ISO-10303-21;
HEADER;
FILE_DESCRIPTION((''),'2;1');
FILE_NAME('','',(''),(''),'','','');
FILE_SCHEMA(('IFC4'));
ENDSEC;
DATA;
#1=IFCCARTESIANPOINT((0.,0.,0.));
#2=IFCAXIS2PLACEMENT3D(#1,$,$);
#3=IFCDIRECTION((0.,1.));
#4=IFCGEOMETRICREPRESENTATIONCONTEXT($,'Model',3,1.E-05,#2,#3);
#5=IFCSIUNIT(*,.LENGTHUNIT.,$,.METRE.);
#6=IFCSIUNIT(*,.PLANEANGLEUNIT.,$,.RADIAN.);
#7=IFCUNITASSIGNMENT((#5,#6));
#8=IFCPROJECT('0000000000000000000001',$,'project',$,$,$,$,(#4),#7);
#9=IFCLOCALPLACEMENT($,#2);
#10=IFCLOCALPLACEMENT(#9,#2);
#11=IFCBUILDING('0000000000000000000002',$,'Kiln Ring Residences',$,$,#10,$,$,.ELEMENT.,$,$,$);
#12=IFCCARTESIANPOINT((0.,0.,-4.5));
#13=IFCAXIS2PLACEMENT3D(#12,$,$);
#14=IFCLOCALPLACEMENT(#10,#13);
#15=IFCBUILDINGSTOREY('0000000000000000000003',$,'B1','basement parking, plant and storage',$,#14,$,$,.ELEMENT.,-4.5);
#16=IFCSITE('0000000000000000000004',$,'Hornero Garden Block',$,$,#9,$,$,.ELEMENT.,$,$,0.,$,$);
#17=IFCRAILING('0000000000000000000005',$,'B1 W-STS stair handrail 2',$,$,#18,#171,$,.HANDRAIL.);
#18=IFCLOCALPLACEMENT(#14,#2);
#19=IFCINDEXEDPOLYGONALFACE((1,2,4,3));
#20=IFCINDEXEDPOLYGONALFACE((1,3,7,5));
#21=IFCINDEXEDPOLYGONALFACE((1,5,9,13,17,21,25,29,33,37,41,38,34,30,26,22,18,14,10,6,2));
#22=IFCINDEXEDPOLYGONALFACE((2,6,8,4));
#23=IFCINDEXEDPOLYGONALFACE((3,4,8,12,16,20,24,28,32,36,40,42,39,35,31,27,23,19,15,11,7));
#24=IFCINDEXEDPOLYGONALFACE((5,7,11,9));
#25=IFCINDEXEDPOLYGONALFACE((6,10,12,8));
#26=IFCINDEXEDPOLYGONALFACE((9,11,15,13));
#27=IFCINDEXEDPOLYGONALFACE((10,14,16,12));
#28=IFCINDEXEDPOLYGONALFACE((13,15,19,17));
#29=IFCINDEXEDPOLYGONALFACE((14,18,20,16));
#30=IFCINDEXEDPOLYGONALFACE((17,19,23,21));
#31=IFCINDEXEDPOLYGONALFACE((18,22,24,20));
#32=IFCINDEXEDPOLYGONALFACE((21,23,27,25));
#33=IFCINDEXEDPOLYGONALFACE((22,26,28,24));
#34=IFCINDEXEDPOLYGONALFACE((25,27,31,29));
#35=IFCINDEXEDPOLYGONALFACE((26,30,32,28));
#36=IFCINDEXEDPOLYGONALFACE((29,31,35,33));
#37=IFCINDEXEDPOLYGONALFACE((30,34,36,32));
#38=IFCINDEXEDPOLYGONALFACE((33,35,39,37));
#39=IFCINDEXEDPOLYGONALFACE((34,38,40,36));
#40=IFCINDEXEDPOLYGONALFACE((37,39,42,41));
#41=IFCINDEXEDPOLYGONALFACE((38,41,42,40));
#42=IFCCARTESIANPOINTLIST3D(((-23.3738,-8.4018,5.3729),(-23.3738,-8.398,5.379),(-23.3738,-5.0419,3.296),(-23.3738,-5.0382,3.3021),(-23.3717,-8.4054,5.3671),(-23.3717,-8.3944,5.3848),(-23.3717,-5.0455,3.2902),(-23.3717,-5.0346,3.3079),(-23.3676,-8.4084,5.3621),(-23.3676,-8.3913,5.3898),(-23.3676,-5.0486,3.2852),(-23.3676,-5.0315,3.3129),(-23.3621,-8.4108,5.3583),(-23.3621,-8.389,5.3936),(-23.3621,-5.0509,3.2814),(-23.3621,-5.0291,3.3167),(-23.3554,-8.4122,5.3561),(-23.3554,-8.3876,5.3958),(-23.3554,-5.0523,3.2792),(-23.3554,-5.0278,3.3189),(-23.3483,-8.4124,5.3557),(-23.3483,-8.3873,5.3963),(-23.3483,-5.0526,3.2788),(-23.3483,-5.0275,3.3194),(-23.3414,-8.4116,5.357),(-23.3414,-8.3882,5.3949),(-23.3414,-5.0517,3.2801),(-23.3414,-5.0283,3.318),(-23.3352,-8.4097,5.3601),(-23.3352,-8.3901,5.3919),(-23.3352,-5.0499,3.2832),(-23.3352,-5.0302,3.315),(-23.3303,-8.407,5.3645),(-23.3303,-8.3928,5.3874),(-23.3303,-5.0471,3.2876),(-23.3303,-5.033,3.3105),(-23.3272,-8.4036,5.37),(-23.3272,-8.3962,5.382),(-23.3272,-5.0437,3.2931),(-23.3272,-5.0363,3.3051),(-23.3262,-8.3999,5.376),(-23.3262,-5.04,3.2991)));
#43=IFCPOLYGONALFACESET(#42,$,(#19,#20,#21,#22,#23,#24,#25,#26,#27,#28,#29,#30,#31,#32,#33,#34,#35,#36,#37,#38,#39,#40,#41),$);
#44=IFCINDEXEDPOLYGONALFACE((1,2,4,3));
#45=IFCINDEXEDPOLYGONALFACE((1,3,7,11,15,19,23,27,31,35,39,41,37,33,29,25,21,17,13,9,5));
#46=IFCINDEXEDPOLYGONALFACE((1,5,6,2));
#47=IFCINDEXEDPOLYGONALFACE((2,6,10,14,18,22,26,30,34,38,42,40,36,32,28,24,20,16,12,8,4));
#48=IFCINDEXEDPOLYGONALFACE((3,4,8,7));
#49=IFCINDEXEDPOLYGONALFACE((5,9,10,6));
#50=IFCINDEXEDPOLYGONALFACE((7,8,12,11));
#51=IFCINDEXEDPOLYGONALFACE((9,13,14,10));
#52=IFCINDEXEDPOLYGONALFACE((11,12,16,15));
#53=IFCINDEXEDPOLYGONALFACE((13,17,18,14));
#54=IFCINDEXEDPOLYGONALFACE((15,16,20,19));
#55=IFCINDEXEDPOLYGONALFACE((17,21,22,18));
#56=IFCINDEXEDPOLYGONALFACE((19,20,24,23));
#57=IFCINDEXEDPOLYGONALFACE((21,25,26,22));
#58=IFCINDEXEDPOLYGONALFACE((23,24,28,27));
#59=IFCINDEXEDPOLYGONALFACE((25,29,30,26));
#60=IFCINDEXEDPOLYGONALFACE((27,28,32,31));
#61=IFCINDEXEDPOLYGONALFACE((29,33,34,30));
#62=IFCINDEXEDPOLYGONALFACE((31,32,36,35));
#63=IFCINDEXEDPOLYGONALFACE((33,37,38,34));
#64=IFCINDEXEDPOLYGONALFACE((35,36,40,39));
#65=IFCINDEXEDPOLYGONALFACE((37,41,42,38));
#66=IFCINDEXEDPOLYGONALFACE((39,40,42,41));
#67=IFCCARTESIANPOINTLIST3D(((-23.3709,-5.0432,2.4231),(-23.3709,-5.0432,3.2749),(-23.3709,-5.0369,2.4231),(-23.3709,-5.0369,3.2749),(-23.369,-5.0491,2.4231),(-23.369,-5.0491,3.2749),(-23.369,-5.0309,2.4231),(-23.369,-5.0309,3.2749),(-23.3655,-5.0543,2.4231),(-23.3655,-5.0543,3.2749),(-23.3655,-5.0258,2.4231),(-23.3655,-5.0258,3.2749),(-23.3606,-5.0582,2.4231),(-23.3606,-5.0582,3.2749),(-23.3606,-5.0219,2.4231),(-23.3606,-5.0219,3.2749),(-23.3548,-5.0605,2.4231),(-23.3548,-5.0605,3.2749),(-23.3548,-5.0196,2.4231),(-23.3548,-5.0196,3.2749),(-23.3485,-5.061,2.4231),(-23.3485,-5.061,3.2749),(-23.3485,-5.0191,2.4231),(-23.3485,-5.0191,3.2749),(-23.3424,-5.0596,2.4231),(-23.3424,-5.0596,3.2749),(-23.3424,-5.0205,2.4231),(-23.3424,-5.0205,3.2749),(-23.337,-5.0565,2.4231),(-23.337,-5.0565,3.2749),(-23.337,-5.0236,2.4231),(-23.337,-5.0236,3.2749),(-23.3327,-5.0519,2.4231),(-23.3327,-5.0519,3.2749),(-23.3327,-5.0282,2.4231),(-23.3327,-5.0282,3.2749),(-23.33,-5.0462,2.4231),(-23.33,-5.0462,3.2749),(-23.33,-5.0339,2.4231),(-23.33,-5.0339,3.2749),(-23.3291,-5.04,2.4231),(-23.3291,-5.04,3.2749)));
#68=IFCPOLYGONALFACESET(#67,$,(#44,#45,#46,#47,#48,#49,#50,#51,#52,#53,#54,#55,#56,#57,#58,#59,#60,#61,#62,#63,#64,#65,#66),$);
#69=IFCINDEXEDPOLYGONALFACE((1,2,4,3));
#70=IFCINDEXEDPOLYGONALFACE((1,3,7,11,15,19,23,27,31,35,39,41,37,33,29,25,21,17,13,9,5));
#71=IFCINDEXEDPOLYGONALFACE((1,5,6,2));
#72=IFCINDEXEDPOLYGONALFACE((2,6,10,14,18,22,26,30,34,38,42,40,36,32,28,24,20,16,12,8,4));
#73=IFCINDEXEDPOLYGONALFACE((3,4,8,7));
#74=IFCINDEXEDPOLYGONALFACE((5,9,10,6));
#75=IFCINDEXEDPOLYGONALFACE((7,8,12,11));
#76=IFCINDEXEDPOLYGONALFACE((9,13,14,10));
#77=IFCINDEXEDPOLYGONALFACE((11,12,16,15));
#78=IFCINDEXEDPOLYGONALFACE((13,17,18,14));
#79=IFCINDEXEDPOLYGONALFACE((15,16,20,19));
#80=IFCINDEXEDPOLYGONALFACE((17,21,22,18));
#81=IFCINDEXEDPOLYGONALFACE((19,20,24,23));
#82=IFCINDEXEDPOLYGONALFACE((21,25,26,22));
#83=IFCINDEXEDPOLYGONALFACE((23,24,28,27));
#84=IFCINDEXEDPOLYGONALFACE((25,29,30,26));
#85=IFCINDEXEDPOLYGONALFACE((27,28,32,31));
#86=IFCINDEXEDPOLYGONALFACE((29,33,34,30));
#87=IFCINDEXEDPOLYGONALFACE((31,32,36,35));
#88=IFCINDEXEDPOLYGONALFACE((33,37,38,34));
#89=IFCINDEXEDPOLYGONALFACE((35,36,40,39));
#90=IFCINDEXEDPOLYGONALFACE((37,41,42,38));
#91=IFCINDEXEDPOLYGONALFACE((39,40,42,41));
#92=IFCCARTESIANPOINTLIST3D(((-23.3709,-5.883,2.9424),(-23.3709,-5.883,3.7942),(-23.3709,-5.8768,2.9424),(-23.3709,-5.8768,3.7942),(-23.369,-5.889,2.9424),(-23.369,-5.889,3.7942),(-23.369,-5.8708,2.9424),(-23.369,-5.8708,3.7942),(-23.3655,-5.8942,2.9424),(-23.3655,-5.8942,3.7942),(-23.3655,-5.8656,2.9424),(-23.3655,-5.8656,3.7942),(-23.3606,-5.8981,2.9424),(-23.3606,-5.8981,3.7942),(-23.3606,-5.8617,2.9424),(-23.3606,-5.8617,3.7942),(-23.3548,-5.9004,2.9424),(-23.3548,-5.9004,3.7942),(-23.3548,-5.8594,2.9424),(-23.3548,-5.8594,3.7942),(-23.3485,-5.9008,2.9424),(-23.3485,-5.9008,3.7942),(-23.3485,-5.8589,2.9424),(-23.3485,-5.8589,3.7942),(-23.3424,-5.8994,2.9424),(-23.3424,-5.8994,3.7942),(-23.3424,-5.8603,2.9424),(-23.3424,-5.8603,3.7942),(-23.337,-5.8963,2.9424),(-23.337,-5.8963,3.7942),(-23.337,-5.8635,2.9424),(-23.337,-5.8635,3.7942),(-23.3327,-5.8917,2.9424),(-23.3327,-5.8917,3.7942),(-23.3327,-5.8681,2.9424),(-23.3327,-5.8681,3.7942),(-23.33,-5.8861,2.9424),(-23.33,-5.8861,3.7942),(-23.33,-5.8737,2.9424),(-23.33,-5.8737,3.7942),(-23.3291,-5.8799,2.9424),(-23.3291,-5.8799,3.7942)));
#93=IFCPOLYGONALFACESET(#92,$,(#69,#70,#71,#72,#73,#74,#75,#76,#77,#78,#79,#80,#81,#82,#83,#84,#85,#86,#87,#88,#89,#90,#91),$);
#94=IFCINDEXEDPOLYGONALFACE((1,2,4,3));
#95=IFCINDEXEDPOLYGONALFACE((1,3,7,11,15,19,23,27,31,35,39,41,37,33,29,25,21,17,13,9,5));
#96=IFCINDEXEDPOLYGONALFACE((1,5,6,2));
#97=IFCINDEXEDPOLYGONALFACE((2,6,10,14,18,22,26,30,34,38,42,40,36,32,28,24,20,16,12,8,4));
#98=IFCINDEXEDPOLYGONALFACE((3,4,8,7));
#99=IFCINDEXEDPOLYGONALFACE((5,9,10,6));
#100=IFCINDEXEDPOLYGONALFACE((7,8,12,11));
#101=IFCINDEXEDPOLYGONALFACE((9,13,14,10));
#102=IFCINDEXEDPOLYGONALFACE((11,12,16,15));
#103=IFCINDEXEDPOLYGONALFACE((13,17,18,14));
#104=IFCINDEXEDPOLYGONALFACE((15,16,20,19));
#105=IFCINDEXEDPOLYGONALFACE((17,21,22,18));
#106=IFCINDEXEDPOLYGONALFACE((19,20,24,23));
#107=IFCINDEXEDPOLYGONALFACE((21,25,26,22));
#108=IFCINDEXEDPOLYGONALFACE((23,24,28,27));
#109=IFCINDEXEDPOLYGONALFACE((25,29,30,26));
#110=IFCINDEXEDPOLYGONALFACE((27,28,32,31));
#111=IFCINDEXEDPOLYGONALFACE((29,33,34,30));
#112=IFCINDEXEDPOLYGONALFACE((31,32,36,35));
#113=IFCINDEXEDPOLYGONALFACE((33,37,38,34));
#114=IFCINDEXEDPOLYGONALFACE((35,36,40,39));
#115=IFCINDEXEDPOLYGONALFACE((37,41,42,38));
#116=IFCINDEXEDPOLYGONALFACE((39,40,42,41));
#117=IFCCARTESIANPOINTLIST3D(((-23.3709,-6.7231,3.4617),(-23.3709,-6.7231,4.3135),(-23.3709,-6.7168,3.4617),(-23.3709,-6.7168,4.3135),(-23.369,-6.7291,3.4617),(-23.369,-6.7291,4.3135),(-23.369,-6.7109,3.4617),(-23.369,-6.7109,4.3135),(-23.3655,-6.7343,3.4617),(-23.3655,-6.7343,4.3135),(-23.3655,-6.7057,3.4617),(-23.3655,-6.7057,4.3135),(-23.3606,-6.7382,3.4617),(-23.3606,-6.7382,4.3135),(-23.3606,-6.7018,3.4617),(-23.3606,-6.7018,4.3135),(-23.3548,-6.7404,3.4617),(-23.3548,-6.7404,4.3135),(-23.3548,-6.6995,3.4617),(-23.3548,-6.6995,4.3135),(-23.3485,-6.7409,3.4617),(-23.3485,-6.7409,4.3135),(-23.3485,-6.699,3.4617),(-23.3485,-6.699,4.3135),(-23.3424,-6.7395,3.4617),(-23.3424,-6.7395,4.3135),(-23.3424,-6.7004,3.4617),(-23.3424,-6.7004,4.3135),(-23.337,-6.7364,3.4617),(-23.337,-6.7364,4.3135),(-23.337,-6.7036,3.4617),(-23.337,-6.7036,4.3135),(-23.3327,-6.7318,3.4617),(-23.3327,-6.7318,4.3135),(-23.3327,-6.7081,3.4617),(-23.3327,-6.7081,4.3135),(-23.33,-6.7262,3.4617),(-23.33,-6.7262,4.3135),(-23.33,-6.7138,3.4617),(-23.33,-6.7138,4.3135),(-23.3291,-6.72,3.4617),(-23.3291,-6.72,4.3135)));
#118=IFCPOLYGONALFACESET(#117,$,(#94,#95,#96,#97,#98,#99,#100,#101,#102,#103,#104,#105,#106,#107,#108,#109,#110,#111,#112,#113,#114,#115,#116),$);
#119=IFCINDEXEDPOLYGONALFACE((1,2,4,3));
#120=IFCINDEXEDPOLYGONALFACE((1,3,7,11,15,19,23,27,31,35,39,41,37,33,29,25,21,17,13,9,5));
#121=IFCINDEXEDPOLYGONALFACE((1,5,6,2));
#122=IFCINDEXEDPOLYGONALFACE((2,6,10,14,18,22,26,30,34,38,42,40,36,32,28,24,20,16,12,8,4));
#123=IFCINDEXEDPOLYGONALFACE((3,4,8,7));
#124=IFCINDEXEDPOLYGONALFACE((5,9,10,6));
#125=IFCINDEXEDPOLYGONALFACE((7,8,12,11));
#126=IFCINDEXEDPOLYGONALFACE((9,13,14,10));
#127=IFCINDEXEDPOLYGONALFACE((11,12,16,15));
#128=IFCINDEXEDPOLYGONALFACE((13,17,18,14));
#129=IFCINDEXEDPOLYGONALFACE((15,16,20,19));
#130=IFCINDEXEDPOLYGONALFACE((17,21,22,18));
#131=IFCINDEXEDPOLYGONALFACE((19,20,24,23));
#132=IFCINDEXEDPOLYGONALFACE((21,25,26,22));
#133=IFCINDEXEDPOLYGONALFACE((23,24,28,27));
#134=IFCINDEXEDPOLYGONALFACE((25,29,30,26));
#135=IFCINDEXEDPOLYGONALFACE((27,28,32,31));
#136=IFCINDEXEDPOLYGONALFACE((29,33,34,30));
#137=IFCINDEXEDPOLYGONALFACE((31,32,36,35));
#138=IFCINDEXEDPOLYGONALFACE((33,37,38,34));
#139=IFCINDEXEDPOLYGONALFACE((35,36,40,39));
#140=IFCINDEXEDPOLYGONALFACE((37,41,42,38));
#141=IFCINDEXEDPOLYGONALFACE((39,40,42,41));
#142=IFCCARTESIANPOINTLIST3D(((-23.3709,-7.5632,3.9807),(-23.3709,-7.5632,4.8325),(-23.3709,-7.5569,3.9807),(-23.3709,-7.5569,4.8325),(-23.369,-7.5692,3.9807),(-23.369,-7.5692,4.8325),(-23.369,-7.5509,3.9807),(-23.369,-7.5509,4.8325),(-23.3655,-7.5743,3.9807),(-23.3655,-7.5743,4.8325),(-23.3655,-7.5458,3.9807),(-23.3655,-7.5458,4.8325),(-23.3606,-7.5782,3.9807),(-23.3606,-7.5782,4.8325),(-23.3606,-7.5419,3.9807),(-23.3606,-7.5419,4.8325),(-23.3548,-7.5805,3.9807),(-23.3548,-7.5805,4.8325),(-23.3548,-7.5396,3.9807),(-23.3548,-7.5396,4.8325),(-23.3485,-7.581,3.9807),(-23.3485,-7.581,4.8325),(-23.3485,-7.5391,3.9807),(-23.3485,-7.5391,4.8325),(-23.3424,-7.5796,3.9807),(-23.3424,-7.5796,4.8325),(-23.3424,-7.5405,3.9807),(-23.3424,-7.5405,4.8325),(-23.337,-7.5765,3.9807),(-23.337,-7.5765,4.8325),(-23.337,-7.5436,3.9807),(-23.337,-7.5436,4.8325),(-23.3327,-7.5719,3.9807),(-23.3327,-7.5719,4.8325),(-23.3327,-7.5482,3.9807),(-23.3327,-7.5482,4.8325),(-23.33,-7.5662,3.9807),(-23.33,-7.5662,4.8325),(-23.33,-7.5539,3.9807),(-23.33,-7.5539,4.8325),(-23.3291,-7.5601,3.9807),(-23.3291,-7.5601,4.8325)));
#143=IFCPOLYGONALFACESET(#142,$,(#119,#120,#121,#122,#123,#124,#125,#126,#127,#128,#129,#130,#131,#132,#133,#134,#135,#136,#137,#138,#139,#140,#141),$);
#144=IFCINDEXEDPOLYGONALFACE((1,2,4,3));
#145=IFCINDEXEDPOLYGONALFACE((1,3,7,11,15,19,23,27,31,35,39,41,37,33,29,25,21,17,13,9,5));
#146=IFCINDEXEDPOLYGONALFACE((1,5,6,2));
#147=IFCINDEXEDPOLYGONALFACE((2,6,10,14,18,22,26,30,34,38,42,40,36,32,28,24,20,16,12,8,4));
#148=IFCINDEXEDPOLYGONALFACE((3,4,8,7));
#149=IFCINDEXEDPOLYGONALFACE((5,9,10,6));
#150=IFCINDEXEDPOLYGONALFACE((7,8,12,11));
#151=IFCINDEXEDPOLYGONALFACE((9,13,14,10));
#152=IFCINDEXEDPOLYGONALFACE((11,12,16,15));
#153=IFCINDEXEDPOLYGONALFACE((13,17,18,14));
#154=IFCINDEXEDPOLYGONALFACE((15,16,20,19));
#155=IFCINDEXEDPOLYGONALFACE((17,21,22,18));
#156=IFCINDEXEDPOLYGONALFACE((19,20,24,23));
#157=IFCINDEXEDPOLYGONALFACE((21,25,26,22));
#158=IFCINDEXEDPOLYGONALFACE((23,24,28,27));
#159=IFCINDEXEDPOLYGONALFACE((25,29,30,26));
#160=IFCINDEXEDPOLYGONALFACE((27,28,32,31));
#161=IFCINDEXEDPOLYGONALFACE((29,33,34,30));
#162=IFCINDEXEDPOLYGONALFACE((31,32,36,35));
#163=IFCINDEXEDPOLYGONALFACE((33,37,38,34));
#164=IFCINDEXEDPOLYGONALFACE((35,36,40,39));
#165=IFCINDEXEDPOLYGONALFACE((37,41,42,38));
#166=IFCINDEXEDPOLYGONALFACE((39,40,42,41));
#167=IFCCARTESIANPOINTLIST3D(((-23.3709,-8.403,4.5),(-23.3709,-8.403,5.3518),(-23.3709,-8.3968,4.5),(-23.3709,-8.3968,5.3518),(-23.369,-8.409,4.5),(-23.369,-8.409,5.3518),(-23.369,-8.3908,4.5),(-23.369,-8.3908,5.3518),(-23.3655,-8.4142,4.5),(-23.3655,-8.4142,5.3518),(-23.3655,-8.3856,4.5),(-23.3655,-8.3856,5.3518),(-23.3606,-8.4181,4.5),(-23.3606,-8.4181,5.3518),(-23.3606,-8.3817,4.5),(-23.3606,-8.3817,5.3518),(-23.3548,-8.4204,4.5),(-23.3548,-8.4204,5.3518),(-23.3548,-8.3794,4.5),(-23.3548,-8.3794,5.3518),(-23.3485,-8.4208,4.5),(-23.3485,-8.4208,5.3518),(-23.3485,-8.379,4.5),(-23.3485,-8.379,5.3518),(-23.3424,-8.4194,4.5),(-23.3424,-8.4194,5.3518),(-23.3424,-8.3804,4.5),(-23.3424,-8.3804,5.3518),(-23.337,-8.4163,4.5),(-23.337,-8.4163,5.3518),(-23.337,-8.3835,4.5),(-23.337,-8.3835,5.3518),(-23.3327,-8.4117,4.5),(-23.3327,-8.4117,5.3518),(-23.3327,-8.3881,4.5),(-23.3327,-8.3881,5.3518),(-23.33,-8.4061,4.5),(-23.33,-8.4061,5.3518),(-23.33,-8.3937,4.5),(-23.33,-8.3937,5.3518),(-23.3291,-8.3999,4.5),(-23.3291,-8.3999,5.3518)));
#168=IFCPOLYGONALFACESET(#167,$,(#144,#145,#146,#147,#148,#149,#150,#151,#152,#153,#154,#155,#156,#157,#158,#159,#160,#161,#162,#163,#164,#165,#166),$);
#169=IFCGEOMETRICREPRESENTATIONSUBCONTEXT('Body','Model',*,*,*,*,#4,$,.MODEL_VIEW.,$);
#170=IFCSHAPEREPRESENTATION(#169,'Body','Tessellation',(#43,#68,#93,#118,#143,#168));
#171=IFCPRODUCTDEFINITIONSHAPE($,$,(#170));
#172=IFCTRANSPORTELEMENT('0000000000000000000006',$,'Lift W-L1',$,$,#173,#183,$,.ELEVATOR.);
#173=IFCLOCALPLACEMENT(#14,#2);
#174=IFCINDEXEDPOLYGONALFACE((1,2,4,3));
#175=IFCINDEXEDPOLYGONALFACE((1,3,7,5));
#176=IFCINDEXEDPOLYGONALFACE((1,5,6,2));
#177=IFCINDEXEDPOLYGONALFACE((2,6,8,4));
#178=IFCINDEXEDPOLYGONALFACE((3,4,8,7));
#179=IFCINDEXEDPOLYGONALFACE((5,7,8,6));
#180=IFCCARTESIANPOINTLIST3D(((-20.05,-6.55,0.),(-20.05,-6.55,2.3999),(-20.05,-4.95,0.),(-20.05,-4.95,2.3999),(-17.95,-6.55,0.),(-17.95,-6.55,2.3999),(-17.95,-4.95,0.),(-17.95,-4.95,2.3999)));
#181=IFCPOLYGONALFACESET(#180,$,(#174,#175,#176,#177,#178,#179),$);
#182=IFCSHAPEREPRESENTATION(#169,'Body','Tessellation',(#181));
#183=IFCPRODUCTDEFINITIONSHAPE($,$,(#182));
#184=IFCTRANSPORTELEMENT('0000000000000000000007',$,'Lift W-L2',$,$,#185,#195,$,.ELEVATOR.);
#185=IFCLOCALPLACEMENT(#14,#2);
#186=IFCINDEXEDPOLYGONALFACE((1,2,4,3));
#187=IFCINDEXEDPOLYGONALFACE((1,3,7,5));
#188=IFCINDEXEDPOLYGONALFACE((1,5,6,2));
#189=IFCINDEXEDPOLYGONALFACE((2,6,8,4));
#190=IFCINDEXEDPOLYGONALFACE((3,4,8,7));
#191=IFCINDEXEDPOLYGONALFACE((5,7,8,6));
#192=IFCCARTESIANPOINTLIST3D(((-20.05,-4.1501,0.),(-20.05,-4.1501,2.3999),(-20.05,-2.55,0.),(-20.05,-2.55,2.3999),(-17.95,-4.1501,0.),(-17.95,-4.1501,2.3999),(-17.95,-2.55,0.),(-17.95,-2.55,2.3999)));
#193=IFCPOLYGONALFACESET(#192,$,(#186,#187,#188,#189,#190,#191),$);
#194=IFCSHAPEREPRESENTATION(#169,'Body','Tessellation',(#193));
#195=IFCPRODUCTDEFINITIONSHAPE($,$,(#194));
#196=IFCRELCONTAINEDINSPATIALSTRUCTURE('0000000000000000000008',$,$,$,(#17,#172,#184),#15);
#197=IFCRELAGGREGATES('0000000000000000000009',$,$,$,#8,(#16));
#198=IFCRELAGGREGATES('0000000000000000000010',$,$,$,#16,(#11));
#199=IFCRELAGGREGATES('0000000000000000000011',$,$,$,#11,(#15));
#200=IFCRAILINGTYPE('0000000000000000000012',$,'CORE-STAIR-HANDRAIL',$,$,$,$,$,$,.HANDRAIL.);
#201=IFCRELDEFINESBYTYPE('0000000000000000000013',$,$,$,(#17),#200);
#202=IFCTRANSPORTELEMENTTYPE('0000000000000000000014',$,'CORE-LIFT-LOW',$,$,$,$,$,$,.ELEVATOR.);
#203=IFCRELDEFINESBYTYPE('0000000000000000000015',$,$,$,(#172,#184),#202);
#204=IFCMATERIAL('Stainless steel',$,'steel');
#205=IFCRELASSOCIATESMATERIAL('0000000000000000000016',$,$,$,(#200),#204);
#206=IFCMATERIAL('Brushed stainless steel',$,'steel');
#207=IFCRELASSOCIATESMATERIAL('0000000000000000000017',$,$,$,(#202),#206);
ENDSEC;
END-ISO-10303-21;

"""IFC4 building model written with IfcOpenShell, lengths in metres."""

from ifc_helpers import new_model, si_unit, direction, frame, origin, origin_2d, place, context, subcontext, project, spatial, rectangle, circle, extrude, material, type_object, element, save


model = new_model("IFC4")

# Units and contexts
model_context = context("Model", 3, precision=1e-05, world=origin(), true_north=direction((0.0, 1.0)))
body_context = subcontext(model_context, "Body", "Model", "MODEL_VIEW")
ifc_project = project(units=[si_unit("LENGTHUNIT", "METRE"), si_unit("PLANEANGLEUNIT", "RADIAN")], contexts=[model_context])

# Site, building, storey
site_placement = place(None, origin())
site = spatial("IfcSite", under=ifc_project, at=site_placement, Name="Hornero Garden Block", CompositionType="ELEMENT", RefElevation=0.0)
building_placement = place(site_placement, origin())
building = spatial("IfcBuilding", under=site, at=building_placement, Name="Kiln Ring Residences", CompositionType="ELEMENT")
storey_placement = place(building_placement, frame((0.0, 0.0, -4.5)))
storey = spatial("IfcBuildingStorey", under=building, at=storey_placement, Name="B1", Description="basement parking, plant and storage", CompositionType="ELEMENT", Elevation=-4.5)

# Railing
ifc_material_1 = material(Name="Stainless steel", Category="steel")
railing_type_1 = type_object("IfcRailingType", Name="CORE-STAIR-HANDRAIL", PredefinedType="HANDRAIL", material=ifc_material_1)
railing_1_placement = place(storey_placement, frame((-23.3501, -5.04, 2.4231)))
element("IfcRailing", 1, at=railing_1_placement, inside=storey, type_object=railing_type_1, Name="B1 W-STS stair handrail 2", PredefinedType="HANDRAIL", context=body_context, shape_type="SweptSolid", body=[
    extrude(circle(Radius=0.0239, at=origin_2d()), frame((0.0, 0.0, 0.876), z_axis=(0.0, -0.850606, 0.525803), x_axis=(1.0, 0.0, 0.0)), (0.0, 0.0, 1.0), 3.95),
    extrude(circle(Radius=0.021, at=origin_2d()), origin(), (0.0, 0.0, 1.0), 0.8518),
    extrude(circle(Radius=0.021, at=origin_2d()), frame((0.0, -0.8398, 0.5193)), (0.0, 0.0, 1.0), 0.8518),
    extrude(circle(Radius=0.021, at=origin_2d()), frame((0.0, -1.6799, 1.0386)), (0.0, 0.0, 1.0), 0.8518),
    extrude(circle(Radius=0.021, at=origin_2d()), frame((0.0, -2.52, 1.5576)), (0.0, 0.0, 1.0), 0.8518),
    extrude(circle(Radius=0.021, at=origin_2d()), frame((0.0, -3.3599, 2.0769)), (0.0, 0.0, 1.0), 0.8518),
])

# Transport elements
ifc_material_2 = material(Name="Brushed stainless steel", Category="steel")
transport_element_type = type_object("IfcTransportElementType", Name="CORE-LIFT-LOW", PredefinedType="ELEVATOR", material=ifc_material_2)
for number, where, z_axis, x_axis, name in (
    (2, (-19.0, -5.75, 0.0), (0.0, 0.0, 1.0), (1.0, 0.0, 0.0), "Lift W-L1"),
    (3, (-19.0, -3.3501, 0.0), (0.0, 0.0, 1.0), (1.0, 0.0, 0.0), "Lift W-L2"),
):
    element("IfcTransportElement", number, at=place(storey_placement, frame(where, z_axis=z_axis, x_axis=x_axis)), inside=storey, type_object=transport_element_type, Name=name, PredefinedType="ELEVATOR", context=body_context, shape_type="SweptSolid", body=[
        extrude(rectangle(XDim=2.1001, YDim=1.6001, at=origin_2d()), origin(), (0.0, 0.0, 1.0), 2.3999),
    ])

save(model, "model.ifc")
